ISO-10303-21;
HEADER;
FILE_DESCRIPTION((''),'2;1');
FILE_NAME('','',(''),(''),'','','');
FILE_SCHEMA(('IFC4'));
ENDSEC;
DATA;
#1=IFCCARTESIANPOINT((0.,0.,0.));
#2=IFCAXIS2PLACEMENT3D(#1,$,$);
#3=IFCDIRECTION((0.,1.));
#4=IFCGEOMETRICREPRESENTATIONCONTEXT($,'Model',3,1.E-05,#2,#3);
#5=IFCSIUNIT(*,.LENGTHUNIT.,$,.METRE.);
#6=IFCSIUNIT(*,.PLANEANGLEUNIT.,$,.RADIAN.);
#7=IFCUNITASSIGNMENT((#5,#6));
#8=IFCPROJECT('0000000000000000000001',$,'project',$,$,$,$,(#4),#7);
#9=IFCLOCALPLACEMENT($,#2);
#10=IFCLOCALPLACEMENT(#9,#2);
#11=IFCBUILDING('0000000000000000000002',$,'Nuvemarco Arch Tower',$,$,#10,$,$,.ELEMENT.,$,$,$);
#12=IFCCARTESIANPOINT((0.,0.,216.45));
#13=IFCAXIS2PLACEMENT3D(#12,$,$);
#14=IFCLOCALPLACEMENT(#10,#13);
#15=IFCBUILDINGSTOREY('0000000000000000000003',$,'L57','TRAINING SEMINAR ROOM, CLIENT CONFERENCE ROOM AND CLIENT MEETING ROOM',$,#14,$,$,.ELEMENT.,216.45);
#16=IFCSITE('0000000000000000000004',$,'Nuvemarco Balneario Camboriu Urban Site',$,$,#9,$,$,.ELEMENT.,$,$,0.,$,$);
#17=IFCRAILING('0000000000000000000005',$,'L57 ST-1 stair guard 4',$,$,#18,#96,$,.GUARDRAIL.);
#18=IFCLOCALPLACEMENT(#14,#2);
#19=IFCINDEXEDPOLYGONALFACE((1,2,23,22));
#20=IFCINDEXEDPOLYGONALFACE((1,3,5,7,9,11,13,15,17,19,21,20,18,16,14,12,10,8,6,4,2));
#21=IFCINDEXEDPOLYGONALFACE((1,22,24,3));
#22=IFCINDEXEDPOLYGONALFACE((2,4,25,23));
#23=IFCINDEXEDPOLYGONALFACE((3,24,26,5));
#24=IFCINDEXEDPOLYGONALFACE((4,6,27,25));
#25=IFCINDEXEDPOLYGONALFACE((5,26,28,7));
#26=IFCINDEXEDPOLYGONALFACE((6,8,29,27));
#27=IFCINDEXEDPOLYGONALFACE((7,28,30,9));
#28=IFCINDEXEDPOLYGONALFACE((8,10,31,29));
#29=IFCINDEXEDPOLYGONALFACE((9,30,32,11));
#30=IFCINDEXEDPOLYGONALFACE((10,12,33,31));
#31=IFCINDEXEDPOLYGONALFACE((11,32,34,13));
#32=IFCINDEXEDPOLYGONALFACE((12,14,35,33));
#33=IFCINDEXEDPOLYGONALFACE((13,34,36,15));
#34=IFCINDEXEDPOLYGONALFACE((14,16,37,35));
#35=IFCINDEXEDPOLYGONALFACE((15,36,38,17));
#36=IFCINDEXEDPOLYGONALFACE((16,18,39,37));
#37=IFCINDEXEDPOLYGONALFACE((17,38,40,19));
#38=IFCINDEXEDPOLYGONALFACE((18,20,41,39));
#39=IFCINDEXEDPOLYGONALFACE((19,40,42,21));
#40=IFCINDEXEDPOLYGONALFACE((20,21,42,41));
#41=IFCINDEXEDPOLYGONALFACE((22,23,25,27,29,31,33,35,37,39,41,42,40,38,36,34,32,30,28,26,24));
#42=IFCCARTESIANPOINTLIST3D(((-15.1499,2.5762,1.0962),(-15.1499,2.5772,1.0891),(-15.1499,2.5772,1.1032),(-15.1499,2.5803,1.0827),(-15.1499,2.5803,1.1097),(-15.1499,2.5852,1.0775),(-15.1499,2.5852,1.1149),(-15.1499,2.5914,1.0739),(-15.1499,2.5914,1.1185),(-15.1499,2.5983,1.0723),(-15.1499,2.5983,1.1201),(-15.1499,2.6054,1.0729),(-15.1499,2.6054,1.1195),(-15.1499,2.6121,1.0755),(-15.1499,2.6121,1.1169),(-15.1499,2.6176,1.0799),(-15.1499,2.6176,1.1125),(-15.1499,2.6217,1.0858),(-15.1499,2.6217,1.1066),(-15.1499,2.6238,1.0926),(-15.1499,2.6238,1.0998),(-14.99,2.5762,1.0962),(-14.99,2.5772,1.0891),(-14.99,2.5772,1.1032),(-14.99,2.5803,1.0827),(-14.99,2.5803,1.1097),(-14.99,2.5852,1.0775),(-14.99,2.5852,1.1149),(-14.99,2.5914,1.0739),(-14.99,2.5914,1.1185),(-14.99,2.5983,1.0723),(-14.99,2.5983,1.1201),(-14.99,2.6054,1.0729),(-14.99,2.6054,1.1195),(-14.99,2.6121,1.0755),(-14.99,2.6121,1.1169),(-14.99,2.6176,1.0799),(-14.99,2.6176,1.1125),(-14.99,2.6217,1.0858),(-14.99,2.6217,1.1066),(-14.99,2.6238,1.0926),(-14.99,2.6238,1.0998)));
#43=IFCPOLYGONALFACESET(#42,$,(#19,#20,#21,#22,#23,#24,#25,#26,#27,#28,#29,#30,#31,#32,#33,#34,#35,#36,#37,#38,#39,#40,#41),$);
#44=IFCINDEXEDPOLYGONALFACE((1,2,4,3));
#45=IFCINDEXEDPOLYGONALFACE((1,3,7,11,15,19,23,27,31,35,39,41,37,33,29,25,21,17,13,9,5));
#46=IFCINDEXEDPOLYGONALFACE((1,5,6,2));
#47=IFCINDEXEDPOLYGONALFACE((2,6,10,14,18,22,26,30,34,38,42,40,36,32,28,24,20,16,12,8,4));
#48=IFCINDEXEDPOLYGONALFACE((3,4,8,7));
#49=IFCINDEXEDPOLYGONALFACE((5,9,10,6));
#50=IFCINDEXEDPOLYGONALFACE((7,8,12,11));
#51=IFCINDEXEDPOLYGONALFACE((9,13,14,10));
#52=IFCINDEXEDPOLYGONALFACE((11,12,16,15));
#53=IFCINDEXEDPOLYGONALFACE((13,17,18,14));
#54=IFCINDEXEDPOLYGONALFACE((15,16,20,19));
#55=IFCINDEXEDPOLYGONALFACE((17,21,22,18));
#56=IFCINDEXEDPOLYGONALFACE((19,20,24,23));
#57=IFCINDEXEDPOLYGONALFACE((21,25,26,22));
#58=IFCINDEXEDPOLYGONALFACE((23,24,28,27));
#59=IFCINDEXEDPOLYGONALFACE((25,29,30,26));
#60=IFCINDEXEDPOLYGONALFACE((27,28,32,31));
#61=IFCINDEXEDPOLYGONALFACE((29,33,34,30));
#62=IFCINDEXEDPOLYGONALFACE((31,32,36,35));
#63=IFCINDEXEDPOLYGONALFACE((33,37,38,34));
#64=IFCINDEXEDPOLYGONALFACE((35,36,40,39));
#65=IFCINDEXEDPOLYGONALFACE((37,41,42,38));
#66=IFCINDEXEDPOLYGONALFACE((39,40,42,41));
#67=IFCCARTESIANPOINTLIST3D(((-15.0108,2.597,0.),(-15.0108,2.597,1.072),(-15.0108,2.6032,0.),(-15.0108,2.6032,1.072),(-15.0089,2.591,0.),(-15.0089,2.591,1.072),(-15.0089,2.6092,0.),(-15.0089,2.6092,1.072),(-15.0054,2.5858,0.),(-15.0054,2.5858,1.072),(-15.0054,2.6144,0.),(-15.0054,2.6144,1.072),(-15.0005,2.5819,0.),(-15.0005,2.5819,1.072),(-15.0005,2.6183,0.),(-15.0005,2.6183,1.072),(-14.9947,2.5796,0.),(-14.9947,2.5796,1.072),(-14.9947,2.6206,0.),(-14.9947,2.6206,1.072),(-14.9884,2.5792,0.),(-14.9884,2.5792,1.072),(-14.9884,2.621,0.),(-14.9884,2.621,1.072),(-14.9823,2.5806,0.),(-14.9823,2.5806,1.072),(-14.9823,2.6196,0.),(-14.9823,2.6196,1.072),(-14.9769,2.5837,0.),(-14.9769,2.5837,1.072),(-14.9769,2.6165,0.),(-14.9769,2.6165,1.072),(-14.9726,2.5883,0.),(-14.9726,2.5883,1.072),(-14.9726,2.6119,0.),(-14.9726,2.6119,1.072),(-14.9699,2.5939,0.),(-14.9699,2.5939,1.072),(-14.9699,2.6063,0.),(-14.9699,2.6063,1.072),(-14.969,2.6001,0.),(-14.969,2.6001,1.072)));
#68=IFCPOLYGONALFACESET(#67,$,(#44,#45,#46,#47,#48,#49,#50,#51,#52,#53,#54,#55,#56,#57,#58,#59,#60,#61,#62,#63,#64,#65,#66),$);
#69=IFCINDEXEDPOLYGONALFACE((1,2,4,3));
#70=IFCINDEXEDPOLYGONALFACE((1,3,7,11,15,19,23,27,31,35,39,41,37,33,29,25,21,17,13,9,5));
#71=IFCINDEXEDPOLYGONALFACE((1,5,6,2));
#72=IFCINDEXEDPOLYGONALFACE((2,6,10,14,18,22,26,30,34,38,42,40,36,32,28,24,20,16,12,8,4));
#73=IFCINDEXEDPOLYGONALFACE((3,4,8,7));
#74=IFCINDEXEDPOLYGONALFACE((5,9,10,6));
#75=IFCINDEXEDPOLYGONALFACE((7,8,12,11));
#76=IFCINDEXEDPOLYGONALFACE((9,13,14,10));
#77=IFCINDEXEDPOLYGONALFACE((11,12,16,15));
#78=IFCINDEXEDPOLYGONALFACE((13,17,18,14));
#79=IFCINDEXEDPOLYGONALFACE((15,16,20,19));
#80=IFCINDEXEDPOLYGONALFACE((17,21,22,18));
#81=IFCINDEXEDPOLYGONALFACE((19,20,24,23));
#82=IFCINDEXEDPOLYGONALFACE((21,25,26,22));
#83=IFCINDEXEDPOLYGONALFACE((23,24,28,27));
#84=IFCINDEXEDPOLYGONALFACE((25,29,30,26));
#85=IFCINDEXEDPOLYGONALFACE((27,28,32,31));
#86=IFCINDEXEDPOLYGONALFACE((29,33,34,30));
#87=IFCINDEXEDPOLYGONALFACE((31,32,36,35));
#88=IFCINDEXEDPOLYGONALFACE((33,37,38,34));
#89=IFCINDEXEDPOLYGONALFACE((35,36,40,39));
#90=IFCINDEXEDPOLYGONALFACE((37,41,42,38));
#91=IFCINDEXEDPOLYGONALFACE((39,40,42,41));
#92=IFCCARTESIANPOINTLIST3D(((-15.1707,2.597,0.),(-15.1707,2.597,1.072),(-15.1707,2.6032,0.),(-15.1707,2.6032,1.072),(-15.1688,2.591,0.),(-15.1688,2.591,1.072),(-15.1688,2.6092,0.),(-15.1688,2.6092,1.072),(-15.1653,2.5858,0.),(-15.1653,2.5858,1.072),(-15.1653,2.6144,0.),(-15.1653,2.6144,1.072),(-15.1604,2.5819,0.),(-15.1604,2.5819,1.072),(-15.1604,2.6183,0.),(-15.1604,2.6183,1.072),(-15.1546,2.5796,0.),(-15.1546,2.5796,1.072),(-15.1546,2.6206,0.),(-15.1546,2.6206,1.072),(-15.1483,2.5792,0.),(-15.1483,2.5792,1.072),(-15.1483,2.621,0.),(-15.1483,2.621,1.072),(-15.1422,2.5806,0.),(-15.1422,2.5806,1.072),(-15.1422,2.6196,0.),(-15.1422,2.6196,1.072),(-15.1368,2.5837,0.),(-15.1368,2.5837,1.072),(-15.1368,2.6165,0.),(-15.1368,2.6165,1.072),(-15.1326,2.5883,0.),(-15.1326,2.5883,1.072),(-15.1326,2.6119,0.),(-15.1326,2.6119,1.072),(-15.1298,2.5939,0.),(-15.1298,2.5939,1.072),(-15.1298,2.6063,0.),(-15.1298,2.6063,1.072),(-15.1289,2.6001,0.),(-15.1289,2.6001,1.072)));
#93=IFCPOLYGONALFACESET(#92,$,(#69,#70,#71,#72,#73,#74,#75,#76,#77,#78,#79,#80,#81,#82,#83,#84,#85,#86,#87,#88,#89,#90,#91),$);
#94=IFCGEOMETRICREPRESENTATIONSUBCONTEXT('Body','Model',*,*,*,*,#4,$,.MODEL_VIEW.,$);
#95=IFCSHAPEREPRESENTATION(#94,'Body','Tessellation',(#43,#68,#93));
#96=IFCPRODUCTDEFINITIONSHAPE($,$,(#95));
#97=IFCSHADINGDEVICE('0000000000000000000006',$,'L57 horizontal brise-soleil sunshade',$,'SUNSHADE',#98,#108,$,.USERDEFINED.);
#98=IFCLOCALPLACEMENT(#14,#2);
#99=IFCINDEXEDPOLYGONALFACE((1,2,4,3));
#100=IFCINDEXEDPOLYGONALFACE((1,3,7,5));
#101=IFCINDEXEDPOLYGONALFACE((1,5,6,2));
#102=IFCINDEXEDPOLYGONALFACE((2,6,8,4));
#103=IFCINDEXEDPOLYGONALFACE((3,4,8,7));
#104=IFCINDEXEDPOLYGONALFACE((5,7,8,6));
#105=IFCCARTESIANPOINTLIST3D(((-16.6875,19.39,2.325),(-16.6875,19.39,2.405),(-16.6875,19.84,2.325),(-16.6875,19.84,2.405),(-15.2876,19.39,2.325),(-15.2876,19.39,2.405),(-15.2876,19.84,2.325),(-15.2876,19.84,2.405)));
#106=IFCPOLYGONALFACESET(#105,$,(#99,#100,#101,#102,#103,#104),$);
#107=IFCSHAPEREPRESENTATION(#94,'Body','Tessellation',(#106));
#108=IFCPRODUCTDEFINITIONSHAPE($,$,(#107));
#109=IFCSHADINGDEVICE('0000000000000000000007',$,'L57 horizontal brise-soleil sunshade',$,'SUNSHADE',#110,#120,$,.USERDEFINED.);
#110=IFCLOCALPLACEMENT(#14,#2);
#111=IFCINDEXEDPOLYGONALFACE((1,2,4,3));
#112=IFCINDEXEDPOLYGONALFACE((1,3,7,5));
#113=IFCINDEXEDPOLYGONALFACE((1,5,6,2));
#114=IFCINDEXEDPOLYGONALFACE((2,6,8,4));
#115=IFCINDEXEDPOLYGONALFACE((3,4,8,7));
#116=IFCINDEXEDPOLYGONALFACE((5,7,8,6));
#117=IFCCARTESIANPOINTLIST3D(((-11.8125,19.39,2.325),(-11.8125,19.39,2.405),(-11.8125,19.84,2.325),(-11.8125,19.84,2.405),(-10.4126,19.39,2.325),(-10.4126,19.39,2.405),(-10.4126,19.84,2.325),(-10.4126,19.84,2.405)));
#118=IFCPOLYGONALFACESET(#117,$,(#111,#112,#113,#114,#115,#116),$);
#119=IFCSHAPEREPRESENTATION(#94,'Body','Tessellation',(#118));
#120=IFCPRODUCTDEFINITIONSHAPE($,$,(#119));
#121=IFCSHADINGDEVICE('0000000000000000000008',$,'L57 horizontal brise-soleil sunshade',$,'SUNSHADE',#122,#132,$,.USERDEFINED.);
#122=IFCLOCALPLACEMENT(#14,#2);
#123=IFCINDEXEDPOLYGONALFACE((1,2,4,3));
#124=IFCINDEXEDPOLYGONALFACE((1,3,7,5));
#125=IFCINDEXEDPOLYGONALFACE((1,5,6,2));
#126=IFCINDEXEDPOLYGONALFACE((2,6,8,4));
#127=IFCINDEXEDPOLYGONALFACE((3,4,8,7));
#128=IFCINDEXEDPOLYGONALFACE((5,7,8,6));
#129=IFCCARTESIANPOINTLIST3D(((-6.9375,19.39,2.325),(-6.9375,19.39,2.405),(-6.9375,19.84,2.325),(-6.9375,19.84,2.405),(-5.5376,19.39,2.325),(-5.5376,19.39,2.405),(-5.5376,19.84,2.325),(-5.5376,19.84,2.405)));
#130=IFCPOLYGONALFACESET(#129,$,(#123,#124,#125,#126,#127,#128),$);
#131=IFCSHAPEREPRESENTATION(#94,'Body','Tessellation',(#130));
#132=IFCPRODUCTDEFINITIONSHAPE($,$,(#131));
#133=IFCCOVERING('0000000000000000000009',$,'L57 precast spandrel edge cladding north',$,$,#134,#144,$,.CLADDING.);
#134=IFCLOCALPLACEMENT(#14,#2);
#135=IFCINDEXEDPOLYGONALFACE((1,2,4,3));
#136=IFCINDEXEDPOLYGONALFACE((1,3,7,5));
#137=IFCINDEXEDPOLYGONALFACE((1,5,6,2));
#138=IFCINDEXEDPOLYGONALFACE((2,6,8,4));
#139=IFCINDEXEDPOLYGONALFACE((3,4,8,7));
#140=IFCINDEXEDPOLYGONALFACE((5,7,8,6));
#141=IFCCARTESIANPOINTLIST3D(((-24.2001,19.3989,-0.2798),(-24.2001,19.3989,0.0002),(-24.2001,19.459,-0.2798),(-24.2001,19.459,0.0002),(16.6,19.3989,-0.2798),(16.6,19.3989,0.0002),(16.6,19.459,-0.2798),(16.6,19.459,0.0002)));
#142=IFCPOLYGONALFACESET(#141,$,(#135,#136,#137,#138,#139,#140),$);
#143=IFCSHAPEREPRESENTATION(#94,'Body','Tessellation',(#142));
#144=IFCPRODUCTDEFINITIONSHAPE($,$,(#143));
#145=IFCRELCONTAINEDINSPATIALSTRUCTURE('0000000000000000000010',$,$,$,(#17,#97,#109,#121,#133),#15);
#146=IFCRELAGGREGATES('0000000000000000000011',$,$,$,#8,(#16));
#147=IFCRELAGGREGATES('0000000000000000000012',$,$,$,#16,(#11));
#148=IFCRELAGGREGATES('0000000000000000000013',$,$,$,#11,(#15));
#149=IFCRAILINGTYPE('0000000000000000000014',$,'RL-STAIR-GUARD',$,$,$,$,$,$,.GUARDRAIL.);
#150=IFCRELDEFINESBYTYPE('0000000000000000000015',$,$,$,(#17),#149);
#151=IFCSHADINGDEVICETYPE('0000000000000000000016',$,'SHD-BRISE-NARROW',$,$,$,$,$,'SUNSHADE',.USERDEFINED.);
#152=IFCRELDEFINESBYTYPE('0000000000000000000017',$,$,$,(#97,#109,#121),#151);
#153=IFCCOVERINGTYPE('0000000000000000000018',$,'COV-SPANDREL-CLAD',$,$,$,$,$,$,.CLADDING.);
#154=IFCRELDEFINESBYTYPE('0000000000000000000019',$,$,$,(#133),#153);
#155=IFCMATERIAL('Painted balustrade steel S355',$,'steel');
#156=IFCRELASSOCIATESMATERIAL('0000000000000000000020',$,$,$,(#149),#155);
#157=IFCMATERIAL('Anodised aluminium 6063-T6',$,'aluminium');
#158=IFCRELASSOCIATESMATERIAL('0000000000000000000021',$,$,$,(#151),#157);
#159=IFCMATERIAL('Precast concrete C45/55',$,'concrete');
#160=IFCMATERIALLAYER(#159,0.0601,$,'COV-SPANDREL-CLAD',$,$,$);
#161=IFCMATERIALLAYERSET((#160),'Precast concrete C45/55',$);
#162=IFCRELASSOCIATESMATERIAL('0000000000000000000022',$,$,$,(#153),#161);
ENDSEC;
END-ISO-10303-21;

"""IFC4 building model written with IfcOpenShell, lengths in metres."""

from ifc_helpers import new_model, si_unit, direction, frame, origin, origin_2d, place, context, subcontext, project, spatial, rectangle, circle, extrude, source, transform, mapped, material, layer, layer_set, type_object, type_shapes, element, save


model = new_model("IFC4")

# Units and contexts
model_context = context("Model", 3, precision=1e-05, world=origin(), true_north=direction((0.0, 1.0)))
body_context = subcontext(model_context, "Body", "Model", "MODEL_VIEW")
ifc_project = project(units=[si_unit("LENGTHUNIT", "METRE"), si_unit("PLANEANGLEUNIT", "RADIAN")], contexts=[model_context])

# Site, building, storey
site_placement = place(None, origin())
site = spatial("IfcSite", under=ifc_project, at=site_placement, Name="Nuvemarco Balneario Camboriu Urban Site", CompositionType="ELEMENT", RefElevation=0.0)
building_placement = place(site_placement, origin())
building = spatial("IfcBuilding", under=site, at=building_placement, Name="Nuvemarco Arch Tower", CompositionType="ELEMENT")
storey_placement = place(building_placement, frame((0.0, 0.0, 216.45)))
storey = spatial("IfcBuildingStorey", under=building, at=storey_placement, Name="L57", Description="TRAINING SEMINAR ROOM, CLIENT CONFERENCE ROOM AND CLIENT MEETING ROOM", CompositionType="ELEMENT", Elevation=216.45)

# Shared definitions
ifc_material_1 = material(Name="Precast concrete C45/55", Category="concrete")

# Railing
ifc_material_2 = material(Name="Painted balustrade steel S355", Category="steel")
railing_type_1 = type_object("IfcRailingType", Name="RL-STAIR-GUARD", PredefinedType="GUARDRAIL", material=ifc_material_2)
railing_1_placement = place(storey_placement, frame((-14.99, 2.6001, 0.0)))
element("IfcRailing", 1, at=railing_1_placement, inside=storey, type_object=railing_type_1, Name="L57 ST-1 stair guard 4", PredefinedType="GUARDRAIL", context=body_context, shape_type="SweptSolid", body=[
    extrude(circle(Radius=0.0239, at=origin_2d()), frame((0.0, 0.0, 1.0962), z_axis=(-1.0, 0.0, 0.0), x_axis=(0.0, -1.0, 0.0)), (0.0, 0.0, 1.0), 0.1599),
    extrude(circle(Radius=0.021, at=origin_2d()), origin(), (0.0, 0.0, 1.0), 1.072),
    extrude(circle(Radius=0.021, at=origin_2d()), frame((-0.1599, 0.0, 0.0)), (0.0, 0.0, 1.0), 1.072),
])

# Shading devices
ifc_material_3 = material(Name="Anodised aluminium 6063-T6", Category="aluminium")
shading_device_type = type_object("IfcShadingDeviceType", Name="SHD-BRISE-NARROW", ElementType="SUNSHADE", PredefinedType="USERDEFINED", material=ifc_material_3)
shared_shape_1 = source(origin(), body_context, "Body", "SweptSolid", [
    extrude(rectangle(XDim=1.3999, YDim=0.45, at=origin_2d()), origin(), (0.0, 0.0, 1.0), 0.0801),
])
type_shapes(shading_device_type, [shared_shape_1])
for number, where, z_axis, x_axis, name in (
    (2, (-15.9875, 19.615, 2.325), (0.0, 0.0, 1.0), (1.0, 0.0, 0.0), "L57 horizontal brise-soleil sunshade"),
    (3, (-11.1125, 19.615, 2.325), (0.0, 0.0, 1.0), (1.0, 0.0, 0.0), "L57 horizontal brise-soleil sunshade"),
    (4, (-6.2375, 19.615, 2.325), (0.0, 0.0, 1.0), (1.0, 0.0, 0.0), "L57 horizontal brise-soleil sunshade"),
):
    element("IfcShadingDevice", number, at=place(storey_placement, frame(where, z_axis=z_axis, x_axis=x_axis)), inside=storey, type_object=shading_device_type, Name=name, ObjectType="SUNSHADE", PredefinedType="USERDEFINED", context=body_context, shape_type="MappedRepresentation", body=[
        mapped(shared_shape_1, transform((0.0, 0.0, 0.0), scale=1.0)),
    ])

# Covering
ifc_layer_1 = layer(ifc_material_1, 0.0601, Name="COV-SPANDREL-CLAD")
ifc_layer_set_1 = layer_set([ifc_layer_1], Name="Precast concrete C45/55")
covering_type = type_object("IfcCoveringType", Name="COV-SPANDREL-CLAD", PredefinedType="CLADDING", material=ifc_layer_set_1)
shared_shape_2 = source(origin(), body_context, "Body", "SweptSolid", [
    extrude(rectangle(XDim=40.8, YDim=0.0601, at=origin_2d()), origin(), (0.0, 0.0, 1.0), 0.28),
])
type_shapes(covering_type, [shared_shape_2])
covering_placement = place(storey_placement, frame((-3.8, 19.429, -0.2798), z_axis=(0.0, 0.0, 1.0), x_axis=(1.0, 0.0, 0.0)))
element("IfcCovering", 5, at=covering_placement, inside=storey, type_object=covering_type, Name="L57 precast spandrel edge cladding north", PredefinedType="CLADDING", context=body_context, shape_type="MappedRepresentation", body=[
    mapped(shared_shape_2, transform((0.0, 0.0, 0.0), scale=1.0)),
])

save(model, "model.ifc")
